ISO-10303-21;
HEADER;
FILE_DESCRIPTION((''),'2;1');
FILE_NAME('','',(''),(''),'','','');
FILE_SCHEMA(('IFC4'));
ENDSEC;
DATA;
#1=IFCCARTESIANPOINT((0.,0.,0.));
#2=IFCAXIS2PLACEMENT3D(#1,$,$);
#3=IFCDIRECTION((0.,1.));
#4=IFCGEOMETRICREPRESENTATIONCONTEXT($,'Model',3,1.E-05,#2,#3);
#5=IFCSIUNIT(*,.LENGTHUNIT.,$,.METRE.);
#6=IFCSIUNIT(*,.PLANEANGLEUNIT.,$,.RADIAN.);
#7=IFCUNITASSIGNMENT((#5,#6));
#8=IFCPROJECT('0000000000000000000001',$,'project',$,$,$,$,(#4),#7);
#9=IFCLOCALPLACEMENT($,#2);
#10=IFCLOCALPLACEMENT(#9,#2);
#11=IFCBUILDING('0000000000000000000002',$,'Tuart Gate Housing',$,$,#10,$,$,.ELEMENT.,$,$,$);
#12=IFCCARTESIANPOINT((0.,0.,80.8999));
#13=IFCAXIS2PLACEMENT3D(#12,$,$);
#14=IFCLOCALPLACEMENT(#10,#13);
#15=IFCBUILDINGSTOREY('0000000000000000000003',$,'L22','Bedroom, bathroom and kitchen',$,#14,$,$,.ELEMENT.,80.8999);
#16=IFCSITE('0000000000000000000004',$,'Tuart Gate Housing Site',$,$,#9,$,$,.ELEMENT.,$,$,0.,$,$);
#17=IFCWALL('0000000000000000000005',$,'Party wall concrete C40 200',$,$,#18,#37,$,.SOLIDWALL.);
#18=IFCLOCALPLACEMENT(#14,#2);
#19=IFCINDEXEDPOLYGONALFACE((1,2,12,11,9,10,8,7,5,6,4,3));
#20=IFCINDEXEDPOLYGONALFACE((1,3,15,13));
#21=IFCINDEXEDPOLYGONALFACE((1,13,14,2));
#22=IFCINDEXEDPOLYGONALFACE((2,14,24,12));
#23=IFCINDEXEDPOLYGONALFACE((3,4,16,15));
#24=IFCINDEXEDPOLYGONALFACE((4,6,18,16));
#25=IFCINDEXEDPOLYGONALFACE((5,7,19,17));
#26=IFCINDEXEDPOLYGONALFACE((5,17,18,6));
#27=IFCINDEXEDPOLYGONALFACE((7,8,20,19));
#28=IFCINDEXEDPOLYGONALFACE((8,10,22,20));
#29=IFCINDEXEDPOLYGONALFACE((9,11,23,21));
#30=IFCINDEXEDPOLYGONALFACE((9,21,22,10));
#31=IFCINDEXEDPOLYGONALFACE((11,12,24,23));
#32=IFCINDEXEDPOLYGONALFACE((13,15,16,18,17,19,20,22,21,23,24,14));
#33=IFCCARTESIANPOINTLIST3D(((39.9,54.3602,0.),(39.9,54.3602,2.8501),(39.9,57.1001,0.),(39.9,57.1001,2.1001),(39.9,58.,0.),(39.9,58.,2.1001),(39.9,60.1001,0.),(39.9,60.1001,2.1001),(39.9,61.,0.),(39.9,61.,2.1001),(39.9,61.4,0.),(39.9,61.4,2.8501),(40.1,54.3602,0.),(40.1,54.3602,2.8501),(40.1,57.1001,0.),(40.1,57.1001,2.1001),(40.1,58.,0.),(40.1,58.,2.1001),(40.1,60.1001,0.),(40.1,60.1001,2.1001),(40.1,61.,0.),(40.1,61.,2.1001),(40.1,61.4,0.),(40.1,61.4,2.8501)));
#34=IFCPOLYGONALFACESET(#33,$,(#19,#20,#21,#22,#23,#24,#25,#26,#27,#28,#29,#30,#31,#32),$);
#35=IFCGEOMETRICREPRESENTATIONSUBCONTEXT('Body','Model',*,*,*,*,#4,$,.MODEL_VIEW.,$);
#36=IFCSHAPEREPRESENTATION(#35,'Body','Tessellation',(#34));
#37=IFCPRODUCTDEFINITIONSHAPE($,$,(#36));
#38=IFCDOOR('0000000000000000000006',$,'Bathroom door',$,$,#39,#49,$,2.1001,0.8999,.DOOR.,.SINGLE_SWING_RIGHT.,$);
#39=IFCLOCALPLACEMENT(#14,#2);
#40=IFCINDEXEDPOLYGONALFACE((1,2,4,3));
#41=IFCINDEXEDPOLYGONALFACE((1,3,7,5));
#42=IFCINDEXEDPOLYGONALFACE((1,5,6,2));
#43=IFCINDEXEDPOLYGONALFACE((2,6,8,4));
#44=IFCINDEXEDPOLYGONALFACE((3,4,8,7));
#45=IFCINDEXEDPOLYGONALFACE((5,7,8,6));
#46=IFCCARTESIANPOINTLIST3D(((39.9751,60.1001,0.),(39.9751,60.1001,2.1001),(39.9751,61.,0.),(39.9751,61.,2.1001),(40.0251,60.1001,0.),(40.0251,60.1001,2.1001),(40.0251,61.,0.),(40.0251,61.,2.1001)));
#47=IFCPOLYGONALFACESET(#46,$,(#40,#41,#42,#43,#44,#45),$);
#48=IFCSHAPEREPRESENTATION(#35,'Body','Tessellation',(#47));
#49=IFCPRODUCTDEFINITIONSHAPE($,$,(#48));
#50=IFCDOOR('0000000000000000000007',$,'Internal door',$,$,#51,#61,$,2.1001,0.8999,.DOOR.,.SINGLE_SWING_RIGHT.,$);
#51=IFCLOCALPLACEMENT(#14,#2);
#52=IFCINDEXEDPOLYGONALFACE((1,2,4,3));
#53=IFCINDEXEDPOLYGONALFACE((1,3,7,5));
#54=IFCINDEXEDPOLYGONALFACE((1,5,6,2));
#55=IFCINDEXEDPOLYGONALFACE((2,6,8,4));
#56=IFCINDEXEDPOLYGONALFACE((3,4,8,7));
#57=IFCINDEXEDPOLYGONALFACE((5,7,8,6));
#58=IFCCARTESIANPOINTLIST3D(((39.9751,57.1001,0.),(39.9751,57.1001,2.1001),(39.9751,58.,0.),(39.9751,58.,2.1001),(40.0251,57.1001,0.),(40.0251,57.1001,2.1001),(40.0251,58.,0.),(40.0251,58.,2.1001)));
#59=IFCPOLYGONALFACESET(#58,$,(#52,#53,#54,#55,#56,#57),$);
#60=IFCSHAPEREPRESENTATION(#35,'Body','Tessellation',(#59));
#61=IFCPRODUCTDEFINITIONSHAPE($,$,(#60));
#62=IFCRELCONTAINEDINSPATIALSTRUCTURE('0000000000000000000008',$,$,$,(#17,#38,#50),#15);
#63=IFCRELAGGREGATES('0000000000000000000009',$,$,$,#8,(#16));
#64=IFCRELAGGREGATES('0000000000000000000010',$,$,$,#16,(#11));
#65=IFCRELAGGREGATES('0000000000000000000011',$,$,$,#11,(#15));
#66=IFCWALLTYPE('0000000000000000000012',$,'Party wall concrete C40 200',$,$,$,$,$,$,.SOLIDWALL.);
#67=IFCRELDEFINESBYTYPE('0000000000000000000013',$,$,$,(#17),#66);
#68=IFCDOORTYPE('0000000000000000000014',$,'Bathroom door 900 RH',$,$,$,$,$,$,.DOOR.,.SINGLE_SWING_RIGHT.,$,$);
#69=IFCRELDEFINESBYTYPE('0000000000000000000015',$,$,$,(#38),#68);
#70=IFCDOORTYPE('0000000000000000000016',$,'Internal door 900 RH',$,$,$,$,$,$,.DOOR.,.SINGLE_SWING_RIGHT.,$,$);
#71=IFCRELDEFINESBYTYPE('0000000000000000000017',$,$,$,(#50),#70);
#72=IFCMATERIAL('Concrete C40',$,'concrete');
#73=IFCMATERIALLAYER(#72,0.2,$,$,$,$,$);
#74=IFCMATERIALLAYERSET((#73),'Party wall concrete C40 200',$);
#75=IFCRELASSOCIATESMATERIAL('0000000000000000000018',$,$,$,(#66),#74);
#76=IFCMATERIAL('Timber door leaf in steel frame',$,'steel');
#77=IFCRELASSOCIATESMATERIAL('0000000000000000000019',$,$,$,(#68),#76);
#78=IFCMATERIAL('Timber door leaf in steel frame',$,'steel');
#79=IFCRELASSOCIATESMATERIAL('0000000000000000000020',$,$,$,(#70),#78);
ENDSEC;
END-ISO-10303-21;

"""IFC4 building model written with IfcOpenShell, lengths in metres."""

from ifc_helpers import new_model, si_unit, direction, frame, frame_2d, origin, place, context, subcontext, project, spatial, rectangle, extrude, material, layer, layer_set, type_object, element, fill, save


model = new_model("IFC4")

# Units and contexts
model_context = context("Model", 3, precision=1e-05, world=origin(), true_north=direction((0.0, 1.0)))
body_context = subcontext(model_context, "Body", "Model", "MODEL_VIEW")
ifc_project = project(units=[si_unit("LENGTHUNIT", "METRE"), si_unit("PLANEANGLEUNIT", "RADIAN")], contexts=[model_context])

# Site, building, storey
site_placement = place(None, origin())
site = spatial("IfcSite", under=ifc_project, at=site_placement, Name="Tuart Gate Housing Site", CompositionType="ELEMENT", RefElevation=0.0)
building_placement = place(site_placement, origin())
building = spatial("IfcBuilding", under=site, at=building_placement, Name="Tuart Gate Housing", CompositionType="ELEMENT")
storey_placement = place(building_placement, frame((0.0, 0.0, 80.8999)))
storey = spatial("IfcBuildingStorey", under=building, at=storey_placement, Name="L22", Description="Bedroom, bathroom and kitchen", CompositionType="ELEMENT", Elevation=80.8999)

# Shared definitions
ifc_material_1 = material(Name="Concrete C40", Category="concrete")
ifc_layer_1 = layer(ifc_material_1, 0.2)
ifc_layer_set_1 = layer_set([ifc_layer_1], Name="Party wall concrete C40 200")
wall_type_1 = type_object("IfcWallType", Name="Party wall concrete C40 200", PredefinedType="SOLIDWALL", material=ifc_layer_set_1)

# Wall, openings, doors
wall_1_placement = place(storey_placement, frame((40.0, 54.3601, 0.0), z_axis=(0.0, 0.0, 1.0), x_axis=(0.0, 1.0, 0.0)))
wall_1 = element("IfcWall", 1, at=wall_1_placement, inside=storey, type_object=wall_type_1, Name="Party wall concrete C40 200", PredefinedType="SOLIDWALL", context=body_context, shape_type="SweptSolid", body=[
    extrude(rectangle(XDim=7.0398, YDim=0.2, at=frame_2d((3.52, 0.0))), origin(), (0.0, 0.0, 1.0), 2.8501),
])
opening_1_placement = place(wall_1_placement, frame((2.74, 0.0, 0.0)))
opening_1 = element("IfcOpeningElement", 2, at=opening_1_placement, cuts=wall_1, PredefinedType="OPENING", context=body_context, shape_type="SweptSolid", body=[
    extrude(rectangle(XDim=0.8999, YDim=2.1001, at=frame_2d((0.45, 1.05))), frame((0.0, 0.1099, 0.0), z_axis=(0.0, -1.0, 0.0), x_axis=(1.0, 0.0, 0.0)), (0.0, 0.0, 1.0), 0.22),
])
opening_2_placement = place(wall_1_placement, frame((5.74, 0.0, 0.0)))
opening_2 = element("IfcOpeningElement", 3, at=opening_2_placement, cuts=wall_1, PredefinedType="OPENING", context=body_context, shape_type="SweptSolid", body=[
    extrude(rectangle(XDim=0.8999, YDim=2.1001, at=frame_2d((0.45, 1.05))), frame((0.0, 0.1099, 0.0), z_axis=(0.0, -1.0, 0.0), x_axis=(1.0, 0.0, 0.0)), (0.0, 0.0, 1.0), 0.22),
])
ifc_material_2 = material(Name="Timber door leaf in steel frame", Category="steel")
door_type_1 = type_object("IfcDoorType", Name="Bathroom door 900 RH", OperationType="SINGLE_SWING_RIGHT", PredefinedType="DOOR", material=ifc_material_2)
door_1_placement = place(opening_2_placement, origin())
door_1 = element("IfcDoor", 4, at=door_1_placement, inside=storey, type_object=door_type_1, Name="Bathroom door", OperationType="SINGLE_SWING_RIGHT", OverallHeight=2.1001, OverallWidth=0.8999, PredefinedType="DOOR", context=body_context, shape_type="SweptSolid", body=[
    extrude(rectangle(XDim=0.8999, YDim=2.1001, at=frame_2d((0.45, 1.05))), frame((0.0, 0.0249, 0.0), z_axis=(0.0, -1.0, 0.0), x_axis=(1.0, 0.0, 0.0)), (0.0, 0.0, 1.0), 0.05),
])
fill(opening_2, door_1)
ifc_material_3 = material(Name="Timber door leaf in steel frame", Category="steel")
door_type_2 = type_object("IfcDoorType", Name="Internal door 900 RH", OperationType="SINGLE_SWING_RIGHT", PredefinedType="DOOR", material=ifc_material_3)
door_2_placement = place(opening_1_placement, origin())
door_2 = element("IfcDoor", 5, at=door_2_placement, inside=storey, type_object=door_type_2, Name="Internal door", OperationType="SINGLE_SWING_RIGHT", OverallHeight=2.1001, OverallWidth=0.8999, PredefinedType="DOOR", context=body_context, shape_type="SweptSolid", body=[
    extrude(rectangle(XDim=0.8999, YDim=2.1001, at=frame_2d((0.45, 1.05))), frame((0.0, 0.0249, 0.0), z_axis=(0.0, -1.0, 0.0), x_axis=(1.0, 0.0, 0.0)), (0.0, 0.0, 1.0), 0.05),
])
fill(opening_1, door_2)

save(model, "model.ifc")
